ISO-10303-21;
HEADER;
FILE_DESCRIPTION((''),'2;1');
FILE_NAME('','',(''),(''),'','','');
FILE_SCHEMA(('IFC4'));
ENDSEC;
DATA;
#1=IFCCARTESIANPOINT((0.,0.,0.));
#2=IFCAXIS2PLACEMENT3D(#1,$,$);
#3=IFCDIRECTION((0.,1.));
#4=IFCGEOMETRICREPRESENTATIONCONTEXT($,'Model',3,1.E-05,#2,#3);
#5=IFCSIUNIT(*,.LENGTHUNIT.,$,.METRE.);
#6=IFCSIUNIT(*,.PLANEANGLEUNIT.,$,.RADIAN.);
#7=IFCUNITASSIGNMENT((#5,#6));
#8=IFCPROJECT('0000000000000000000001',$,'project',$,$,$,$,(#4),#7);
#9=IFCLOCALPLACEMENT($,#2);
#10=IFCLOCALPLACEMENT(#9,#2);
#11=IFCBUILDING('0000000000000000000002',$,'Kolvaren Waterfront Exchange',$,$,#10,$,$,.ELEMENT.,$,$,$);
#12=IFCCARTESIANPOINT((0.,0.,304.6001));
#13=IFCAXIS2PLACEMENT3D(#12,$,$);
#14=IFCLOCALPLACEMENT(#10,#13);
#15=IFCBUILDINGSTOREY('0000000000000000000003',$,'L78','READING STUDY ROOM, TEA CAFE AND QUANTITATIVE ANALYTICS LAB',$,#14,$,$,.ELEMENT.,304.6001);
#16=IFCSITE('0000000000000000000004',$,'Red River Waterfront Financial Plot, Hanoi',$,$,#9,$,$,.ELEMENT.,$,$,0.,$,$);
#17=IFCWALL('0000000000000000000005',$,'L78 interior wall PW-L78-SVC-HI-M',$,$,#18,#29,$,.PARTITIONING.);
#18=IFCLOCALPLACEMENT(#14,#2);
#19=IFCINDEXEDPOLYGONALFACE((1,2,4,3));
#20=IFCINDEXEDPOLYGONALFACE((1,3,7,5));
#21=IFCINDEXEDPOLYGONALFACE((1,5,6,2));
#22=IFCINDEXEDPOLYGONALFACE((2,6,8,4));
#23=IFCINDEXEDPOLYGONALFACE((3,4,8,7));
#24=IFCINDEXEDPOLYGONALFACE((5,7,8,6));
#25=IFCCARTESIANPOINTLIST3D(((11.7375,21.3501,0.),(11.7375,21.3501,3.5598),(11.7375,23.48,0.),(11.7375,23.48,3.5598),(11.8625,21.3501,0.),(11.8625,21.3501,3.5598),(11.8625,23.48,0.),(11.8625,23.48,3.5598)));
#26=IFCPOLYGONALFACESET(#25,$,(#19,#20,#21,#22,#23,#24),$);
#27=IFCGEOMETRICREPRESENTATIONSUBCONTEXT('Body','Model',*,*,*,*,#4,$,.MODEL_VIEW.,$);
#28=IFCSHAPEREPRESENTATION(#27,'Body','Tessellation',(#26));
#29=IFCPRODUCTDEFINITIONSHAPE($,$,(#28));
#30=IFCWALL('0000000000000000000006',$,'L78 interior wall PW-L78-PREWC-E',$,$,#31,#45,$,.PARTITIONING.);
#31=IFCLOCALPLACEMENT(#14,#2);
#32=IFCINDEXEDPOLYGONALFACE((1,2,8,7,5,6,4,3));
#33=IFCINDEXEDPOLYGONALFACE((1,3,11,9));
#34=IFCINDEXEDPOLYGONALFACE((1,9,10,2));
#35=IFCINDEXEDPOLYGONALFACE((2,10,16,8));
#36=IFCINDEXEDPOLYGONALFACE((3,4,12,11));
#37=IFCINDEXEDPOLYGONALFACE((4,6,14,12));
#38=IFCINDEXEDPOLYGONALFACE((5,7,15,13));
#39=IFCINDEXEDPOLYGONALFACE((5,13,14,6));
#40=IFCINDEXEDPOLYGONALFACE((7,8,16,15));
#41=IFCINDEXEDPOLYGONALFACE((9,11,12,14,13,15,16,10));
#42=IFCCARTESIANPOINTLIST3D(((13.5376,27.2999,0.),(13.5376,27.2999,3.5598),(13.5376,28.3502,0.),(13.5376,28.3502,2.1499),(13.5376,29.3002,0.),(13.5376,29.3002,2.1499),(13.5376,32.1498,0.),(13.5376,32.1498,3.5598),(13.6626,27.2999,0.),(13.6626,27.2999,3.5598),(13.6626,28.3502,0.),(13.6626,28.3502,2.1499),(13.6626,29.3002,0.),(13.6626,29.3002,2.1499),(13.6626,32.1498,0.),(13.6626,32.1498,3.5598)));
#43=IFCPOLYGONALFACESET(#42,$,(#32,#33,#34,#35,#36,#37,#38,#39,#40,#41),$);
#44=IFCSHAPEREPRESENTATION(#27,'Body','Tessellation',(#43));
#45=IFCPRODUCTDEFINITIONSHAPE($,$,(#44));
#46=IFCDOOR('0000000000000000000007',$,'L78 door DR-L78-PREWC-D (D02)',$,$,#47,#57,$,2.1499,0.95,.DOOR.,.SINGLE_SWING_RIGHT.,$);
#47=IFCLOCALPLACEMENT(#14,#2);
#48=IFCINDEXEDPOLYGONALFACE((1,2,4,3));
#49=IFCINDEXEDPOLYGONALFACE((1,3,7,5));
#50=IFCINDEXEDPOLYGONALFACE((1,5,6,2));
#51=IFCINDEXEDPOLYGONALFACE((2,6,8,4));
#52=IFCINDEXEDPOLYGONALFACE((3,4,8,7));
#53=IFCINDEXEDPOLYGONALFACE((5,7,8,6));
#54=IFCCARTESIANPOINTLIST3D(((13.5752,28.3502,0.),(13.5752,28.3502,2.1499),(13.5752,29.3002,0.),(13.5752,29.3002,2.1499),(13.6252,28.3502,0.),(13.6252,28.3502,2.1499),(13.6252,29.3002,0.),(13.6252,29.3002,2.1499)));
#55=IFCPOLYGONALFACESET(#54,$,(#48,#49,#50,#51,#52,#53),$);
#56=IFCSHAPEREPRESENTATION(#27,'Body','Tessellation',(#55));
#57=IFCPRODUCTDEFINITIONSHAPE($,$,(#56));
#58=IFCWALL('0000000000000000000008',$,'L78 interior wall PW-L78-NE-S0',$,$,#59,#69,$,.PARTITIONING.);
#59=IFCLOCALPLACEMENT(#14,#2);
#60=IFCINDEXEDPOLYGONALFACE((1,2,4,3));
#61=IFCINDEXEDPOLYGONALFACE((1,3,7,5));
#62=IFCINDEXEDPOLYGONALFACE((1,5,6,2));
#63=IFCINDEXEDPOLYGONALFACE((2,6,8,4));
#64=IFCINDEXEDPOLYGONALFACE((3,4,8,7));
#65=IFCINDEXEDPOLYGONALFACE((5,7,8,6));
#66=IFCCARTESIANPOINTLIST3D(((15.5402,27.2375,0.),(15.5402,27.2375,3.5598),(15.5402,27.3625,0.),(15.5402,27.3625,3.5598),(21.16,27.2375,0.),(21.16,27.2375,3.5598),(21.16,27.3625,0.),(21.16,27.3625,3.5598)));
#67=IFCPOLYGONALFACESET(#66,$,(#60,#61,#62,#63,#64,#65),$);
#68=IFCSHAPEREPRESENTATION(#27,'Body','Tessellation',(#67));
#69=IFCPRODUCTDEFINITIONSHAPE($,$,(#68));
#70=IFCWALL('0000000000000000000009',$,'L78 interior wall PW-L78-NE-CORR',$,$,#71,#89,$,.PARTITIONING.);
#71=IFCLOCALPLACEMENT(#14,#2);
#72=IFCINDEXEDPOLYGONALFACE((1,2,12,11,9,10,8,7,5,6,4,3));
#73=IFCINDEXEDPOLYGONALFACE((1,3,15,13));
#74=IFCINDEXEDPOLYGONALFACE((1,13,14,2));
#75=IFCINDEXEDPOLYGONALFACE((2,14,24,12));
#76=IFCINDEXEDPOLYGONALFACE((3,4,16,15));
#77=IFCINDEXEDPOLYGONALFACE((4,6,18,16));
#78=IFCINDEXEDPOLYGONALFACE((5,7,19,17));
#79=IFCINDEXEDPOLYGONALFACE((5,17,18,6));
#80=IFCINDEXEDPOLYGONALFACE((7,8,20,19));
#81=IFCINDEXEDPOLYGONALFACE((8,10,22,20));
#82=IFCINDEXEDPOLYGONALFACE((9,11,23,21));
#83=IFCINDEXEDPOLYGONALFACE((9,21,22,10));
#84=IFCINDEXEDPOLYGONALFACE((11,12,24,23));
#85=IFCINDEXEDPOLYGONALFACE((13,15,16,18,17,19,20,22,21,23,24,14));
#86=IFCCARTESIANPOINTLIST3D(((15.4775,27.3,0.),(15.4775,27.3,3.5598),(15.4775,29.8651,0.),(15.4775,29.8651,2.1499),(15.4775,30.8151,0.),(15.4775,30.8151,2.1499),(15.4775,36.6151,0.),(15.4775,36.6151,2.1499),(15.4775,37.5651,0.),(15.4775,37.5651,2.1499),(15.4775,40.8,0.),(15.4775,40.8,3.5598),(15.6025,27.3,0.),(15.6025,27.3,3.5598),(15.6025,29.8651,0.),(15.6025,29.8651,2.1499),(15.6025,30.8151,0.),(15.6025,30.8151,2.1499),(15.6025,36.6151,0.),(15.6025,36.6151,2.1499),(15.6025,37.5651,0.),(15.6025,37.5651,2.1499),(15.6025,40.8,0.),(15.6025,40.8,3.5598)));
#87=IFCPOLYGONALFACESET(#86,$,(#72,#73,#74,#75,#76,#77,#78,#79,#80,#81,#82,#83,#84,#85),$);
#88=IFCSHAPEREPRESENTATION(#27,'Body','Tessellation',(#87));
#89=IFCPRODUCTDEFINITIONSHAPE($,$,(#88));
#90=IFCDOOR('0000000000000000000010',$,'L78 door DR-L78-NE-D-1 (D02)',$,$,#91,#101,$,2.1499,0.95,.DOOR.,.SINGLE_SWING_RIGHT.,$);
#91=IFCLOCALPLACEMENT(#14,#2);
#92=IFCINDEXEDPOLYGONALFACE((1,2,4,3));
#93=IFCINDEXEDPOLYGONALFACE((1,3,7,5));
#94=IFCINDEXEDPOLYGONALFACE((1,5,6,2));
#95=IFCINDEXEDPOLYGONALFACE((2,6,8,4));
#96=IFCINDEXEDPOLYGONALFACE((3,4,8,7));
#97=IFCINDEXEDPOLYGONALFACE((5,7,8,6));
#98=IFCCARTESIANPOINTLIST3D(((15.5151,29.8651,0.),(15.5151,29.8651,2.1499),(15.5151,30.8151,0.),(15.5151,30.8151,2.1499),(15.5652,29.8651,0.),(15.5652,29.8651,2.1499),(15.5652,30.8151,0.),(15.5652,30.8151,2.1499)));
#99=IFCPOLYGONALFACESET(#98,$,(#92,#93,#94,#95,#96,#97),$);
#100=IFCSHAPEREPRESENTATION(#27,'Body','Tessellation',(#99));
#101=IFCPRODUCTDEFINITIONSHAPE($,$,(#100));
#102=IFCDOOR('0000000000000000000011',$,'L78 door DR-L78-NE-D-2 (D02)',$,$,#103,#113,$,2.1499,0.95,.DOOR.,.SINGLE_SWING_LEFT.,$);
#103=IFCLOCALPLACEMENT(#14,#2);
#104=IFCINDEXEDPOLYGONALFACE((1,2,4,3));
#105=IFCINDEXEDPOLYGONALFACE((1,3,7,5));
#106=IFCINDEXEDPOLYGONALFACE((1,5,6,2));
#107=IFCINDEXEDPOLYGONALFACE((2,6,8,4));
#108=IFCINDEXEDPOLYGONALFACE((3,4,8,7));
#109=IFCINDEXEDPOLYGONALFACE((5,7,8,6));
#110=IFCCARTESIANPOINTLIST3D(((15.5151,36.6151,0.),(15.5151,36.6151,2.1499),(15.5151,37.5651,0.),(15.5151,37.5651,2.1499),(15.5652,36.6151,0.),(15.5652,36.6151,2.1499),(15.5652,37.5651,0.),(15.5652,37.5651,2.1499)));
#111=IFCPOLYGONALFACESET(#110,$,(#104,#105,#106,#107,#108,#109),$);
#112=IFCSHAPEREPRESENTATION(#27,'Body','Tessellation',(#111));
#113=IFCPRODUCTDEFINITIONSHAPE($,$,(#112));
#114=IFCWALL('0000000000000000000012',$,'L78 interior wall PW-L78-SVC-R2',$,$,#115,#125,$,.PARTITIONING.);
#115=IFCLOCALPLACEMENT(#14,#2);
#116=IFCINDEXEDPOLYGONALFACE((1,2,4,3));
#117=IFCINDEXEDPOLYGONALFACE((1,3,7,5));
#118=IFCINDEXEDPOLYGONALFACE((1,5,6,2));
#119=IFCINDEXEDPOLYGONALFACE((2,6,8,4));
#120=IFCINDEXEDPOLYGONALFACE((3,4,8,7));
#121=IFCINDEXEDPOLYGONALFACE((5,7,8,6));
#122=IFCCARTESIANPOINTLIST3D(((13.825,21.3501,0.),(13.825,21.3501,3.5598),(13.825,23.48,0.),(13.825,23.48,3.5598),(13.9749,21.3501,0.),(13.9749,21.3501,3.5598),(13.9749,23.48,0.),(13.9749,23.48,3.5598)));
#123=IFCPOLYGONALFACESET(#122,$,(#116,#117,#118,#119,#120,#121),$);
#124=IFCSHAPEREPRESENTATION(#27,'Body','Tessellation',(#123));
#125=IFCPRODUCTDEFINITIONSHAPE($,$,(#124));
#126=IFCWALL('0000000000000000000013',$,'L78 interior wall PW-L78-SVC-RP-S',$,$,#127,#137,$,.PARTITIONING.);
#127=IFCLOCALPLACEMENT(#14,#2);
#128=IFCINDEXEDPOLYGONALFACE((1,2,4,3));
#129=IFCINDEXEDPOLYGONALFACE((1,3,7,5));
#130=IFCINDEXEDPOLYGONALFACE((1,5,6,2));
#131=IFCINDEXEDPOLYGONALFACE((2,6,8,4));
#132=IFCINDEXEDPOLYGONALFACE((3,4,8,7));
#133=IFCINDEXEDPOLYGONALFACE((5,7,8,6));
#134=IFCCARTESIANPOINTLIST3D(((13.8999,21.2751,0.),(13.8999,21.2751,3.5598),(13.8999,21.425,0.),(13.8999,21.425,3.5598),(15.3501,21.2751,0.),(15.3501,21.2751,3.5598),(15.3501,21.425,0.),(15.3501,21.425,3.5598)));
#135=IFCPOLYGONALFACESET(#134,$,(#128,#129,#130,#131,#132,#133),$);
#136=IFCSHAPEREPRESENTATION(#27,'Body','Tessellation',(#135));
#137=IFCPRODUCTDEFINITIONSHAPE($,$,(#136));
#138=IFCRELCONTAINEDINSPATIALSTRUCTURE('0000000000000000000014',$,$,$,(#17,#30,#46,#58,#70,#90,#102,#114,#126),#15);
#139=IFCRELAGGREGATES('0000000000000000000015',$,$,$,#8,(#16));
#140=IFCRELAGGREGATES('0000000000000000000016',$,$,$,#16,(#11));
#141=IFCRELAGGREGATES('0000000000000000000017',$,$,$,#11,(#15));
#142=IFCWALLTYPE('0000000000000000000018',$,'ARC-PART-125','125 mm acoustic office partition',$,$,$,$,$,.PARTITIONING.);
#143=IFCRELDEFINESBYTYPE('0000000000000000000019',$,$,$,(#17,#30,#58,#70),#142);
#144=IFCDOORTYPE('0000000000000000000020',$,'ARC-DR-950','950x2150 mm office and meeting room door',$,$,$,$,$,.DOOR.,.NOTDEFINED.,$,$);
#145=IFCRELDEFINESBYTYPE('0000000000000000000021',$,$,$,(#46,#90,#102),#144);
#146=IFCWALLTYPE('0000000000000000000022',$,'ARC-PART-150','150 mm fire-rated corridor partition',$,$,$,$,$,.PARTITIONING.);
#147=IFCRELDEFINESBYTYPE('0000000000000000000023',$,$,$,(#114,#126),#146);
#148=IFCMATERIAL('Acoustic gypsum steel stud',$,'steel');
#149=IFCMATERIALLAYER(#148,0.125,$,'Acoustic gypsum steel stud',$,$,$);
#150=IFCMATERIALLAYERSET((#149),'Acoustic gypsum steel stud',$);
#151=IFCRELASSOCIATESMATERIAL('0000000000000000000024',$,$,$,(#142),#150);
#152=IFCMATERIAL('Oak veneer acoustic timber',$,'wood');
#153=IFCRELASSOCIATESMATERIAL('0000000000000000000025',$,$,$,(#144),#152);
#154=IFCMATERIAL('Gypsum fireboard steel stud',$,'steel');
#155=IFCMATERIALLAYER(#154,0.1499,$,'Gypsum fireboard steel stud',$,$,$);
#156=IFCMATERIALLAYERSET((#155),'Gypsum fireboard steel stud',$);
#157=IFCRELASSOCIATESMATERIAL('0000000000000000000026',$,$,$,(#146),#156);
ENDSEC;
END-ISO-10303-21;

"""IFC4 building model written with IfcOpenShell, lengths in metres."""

from ifc_helpers import new_model, si_unit, direction, frame, frame_2d, origin, place, context, subcontext, project, spatial, rectangle, extrude, material, layer, layer_set, type_object, element, fill, save


model = new_model("IFC4")

# Units and contexts
model_context = context("Model", 3, precision=1e-05, world=origin(), true_north=direction((0.0, 1.0)))
body_context = subcontext(model_context, "Body", "Model", "MODEL_VIEW")
ifc_project = project(units=[si_unit("LENGTHUNIT", "METRE"), si_unit("PLANEANGLEUNIT", "RADIAN")], contexts=[model_context])

# Site, building, storey
site_placement = place(None, origin())
site = spatial("IfcSite", under=ifc_project, at=site_placement, Name="Red River Waterfront Financial Plot, Hanoi", CompositionType="ELEMENT", RefElevation=0.0)
building_placement = place(site_placement, origin())
building = spatial("IfcBuilding", under=site, at=building_placement, Name="Kolvaren Waterfront Exchange", CompositionType="ELEMENT")
storey_placement = place(building_placement, frame((0.0, 0.0, 304.6001)))
storey = spatial("IfcBuildingStorey", under=building, at=storey_placement, Name="L78", Description="READING STUDY ROOM, TEA CAFE AND QUANTITATIVE ANALYTICS LAB", CompositionType="ELEMENT", Elevation=304.6001)

# Shared definitions
ifc_material_1 = material(Name="Acoustic gypsum steel stud", Category="steel")
ifc_layer_1 = layer(ifc_material_1, 0.125, Name="Acoustic gypsum steel stud")
ifc_layer_set_1 = layer_set([ifc_layer_1], Name="Acoustic gypsum steel stud")
wall_type_1 = type_object("IfcWallType", Name="ARC-PART-125", Description="125 mm acoustic office partition", PredefinedType="PARTITIONING", material=ifc_layer_set_1)

# Wall
wall_1_placement = place(storey_placement, frame((11.8, 21.3501, 0.0), z_axis=(0.0, 0.0, 1.0), x_axis=(0.0, 1.0, 0.0)))
element("IfcWall", 1, at=wall_1_placement, inside=storey, type_object=wall_type_1, Name="L78 interior wall PW-L78-SVC-HI-M", PredefinedType="PARTITIONING", context=body_context, shape_type="SweptSolid", body=[
    extrude(rectangle(XDim=2.1299, YDim=0.125, at=frame_2d((1.0649, 0.0))), origin(), (0.0, 0.0, 1.0), 3.5598),
])

# Wall, opening, door
wall_2_placement = place(storey_placement, frame((13.6001, 27.3, 0.0), z_axis=(0.0, 0.0, 1.0), x_axis=(0.0, 1.0, 0.0)))
wall_2 = element("IfcWall", 2, at=wall_2_placement, inside=storey, type_object=wall_type_1, Name="L78 interior wall PW-L78-PREWC-E", PredefinedType="PARTITIONING", context=body_context, shape_type="SweptSolid", body=[
    extrude(rectangle(XDim=4.8499, YDim=0.125, at=frame_2d((2.4248, 0.0))), origin(), (0.0, 0.0, 1.0), 3.5598),
])
opening_1_placement = place(wall_2_placement, frame((1.05, 0.0, 0.0)))
opening_1 = element("IfcOpeningElement", 3, at=opening_1_placement, cuts=wall_2, PredefinedType="OPENING", context=body_context, shape_type="SweptSolid", body=[
    extrude(rectangle(XDim=0.95, YDim=2.1499, at=frame_2d((0.4751, 1.075))), frame((0.0, 0.0725, 0.0), z_axis=(0.0, -1.0, 0.0), x_axis=(1.0, 0.0, 0.0)), (0.0, 0.0, 1.0), 0.145),
])
ifc_material_2 = material(Name="Oak veneer acoustic timber", Category="wood")
door_type_1 = type_object("IfcDoorType", Name="ARC-DR-950", Description="950x2150 mm office and meeting room door", OperationType="NOTDEFINED", PredefinedType="DOOR", material=ifc_material_2)
door_1_placement = place(opening_1_placement, origin())
door_1 = element("IfcDoor", 4, at=door_1_placement, inside=storey, type_object=door_type_1, Name="L78 door DR-L78-PREWC-D (D02)", OperationType="SINGLE_SWING_RIGHT", OverallHeight=2.1499, OverallWidth=0.95, PredefinedType="DOOR", context=body_context, shape_type="SweptSolid", body=[
    extrude(rectangle(XDim=0.95, YDim=2.1499, at=frame_2d((0.4751, 1.075))), frame((0.0, 0.0249, 0.0), z_axis=(0.0, -1.0, 0.0), x_axis=(1.0, 0.0, 0.0)), (0.0, 0.0, 1.0), 0.05),
])
fill(opening_1, door_1)

# Wall
wall_3_placement = place(storey_placement, frame((15.54, 27.3, 0.0), z_axis=(0.0, 0.0, 1.0), x_axis=(1.0, 0.0, 0.0)))
element("IfcWall", 5, at=wall_3_placement, inside=storey, type_object=wall_type_1, Name="L78 interior wall PW-L78-NE-S0", PredefinedType="PARTITIONING", context=body_context, shape_type="SweptSolid", body=[
    extrude(rectangle(XDim=5.6199, YDim=0.125, at=frame_2d((2.8101, 0.0))), origin(), (0.0, 0.0, 1.0), 3.5598),
])

# Wall, openings, doors
wall_4_placement = place(storey_placement, frame((15.54, 27.3, 0.0), z_axis=(0.0, 0.0, 1.0), x_axis=(0.0, 1.0, 0.0)))
wall_4 = element("IfcWall", 6, at=wall_4_placement, inside=storey, type_object=wall_type_1, Name="L78 interior wall PW-L78-NE-CORR", PredefinedType="PARTITIONING", context=body_context, shape_type="SweptSolid", body=[
    extrude(rectangle(XDim=13.5, YDim=0.125, at=frame_2d((6.75, 0.0))), origin(), (0.0, 0.0, 1.0), 3.5598),
])
opening_2_placement = place(wall_4_placement, frame((2.5649, 0.0, 0.0)))
opening_2 = element("IfcOpeningElement", 7, at=opening_2_placement, cuts=wall_4, PredefinedType="OPENING", context=body_context, shape_type="SweptSolid", body=[
    extrude(rectangle(XDim=0.95, YDim=2.1499, at=frame_2d((0.4751, 1.075))), frame((0.0, 0.0725, 0.0), z_axis=(0.0, -1.0, 0.0), x_axis=(1.0, 0.0, 0.0)), (0.0, 0.0, 1.0), 0.145),
])
opening_3_placement = place(wall_4_placement, frame((9.3149, 0.0, 0.0)))
opening_3 = element("IfcOpeningElement", 8, at=opening_3_placement, cuts=wall_4, PredefinedType="OPENING", context=body_context, shape_type="SweptSolid", body=[
    extrude(rectangle(XDim=0.95, YDim=2.1499, at=frame_2d((0.4751, 1.075))), frame((0.0, 0.0725, 0.0), z_axis=(0.0, -1.0, 0.0), x_axis=(1.0, 0.0, 0.0)), (0.0, 0.0, 1.0), 0.145),
])
door_2_placement = place(opening_2_placement, origin())
door_2 = element("IfcDoor", 9, at=door_2_placement, inside=storey, type_object=door_type_1, Name="L78 door DR-L78-NE-D-1 (D02)", OperationType="SINGLE_SWING_RIGHT", OverallHeight=2.1499, OverallWidth=0.95, PredefinedType="DOOR", context=body_context, shape_type="SweptSolid", body=[
    extrude(rectangle(XDim=0.95, YDim=2.1499, at=frame_2d((0.4751, 1.075))), frame((0.0, 0.0249, 0.0), z_axis=(0.0, -1.0, 0.0), x_axis=(1.0, 0.0, 0.0)), (0.0, 0.0, 1.0), 0.05),
])
fill(opening_2, door_2)
door_3_placement = place(opening_3_placement, origin())
door_3 = element("IfcDoor", 10, at=door_3_placement, inside=storey, type_object=door_type_1, Name="L78 door DR-L78-NE-D-2 (D02)", OperationType="SINGLE_SWING_LEFT", OverallHeight=2.1499, OverallWidth=0.95, PredefinedType="DOOR", context=body_context, shape_type="SweptSolid", body=[
    extrude(rectangle(XDim=0.95, YDim=2.1499, at=frame_2d((0.4751, 1.075))), frame((0.0, 0.0249, 0.0), z_axis=(0.0, -1.0, 0.0), x_axis=(1.0, 0.0, 0.0)), (0.0, 0.0, 1.0), 0.05),
])
fill(opening_3, door_3)

# Walls
ifc_material_3 = material(Name="Gypsum fireboard steel stud", Category="steel")
ifc_layer_2 = layer(ifc_material_3, 0.1499, Name="Gypsum fireboard steel stud")
ifc_layer_set_2 = layer_set([ifc_layer_2], Name="Gypsum fireboard steel stud")
wall_type_2 = type_object("IfcWallType", Name="ARC-PART-150", Description="150 mm fire-rated corridor partition", PredefinedType="PARTITIONING", material=ifc_layer_set_2)
wall_5_placement = place(storey_placement, frame((13.8999, 21.3501, 0.0), z_axis=(0.0, 0.0, 1.0), x_axis=(0.0, 1.0, 0.0)))
element("IfcWall", 11, at=wall_5_placement, inside=storey, type_object=wall_type_2, Name="L78 interior wall PW-L78-SVC-R2", PredefinedType="PARTITIONING", context=body_context, shape_type="SweptSolid", body=[
    extrude(rectangle(XDim=2.1299, YDim=0.1499, at=frame_2d((1.0649, 0.0))), origin(), (0.0, 0.0, 1.0), 3.5598),
])
wall_6_placement = place(storey_placement, frame((13.8999, 21.3501, 0.0), z_axis=(0.0, 0.0, 1.0), x_axis=(1.0, 0.0, 0.0)))
element("IfcWall", 12, at=wall_6_placement, inside=storey, type_object=wall_type_2, Name="L78 interior wall PW-L78-SVC-RP-S", PredefinedType="PARTITIONING", context=body_context, shape_type="SweptSolid", body=[
    extrude(rectangle(XDim=1.4502, YDim=0.1499, at=frame_2d((0.7251, 0.0))), origin(), (0.0, 0.0, 1.0), 3.5598),
])

save(model, "model.ifc")
